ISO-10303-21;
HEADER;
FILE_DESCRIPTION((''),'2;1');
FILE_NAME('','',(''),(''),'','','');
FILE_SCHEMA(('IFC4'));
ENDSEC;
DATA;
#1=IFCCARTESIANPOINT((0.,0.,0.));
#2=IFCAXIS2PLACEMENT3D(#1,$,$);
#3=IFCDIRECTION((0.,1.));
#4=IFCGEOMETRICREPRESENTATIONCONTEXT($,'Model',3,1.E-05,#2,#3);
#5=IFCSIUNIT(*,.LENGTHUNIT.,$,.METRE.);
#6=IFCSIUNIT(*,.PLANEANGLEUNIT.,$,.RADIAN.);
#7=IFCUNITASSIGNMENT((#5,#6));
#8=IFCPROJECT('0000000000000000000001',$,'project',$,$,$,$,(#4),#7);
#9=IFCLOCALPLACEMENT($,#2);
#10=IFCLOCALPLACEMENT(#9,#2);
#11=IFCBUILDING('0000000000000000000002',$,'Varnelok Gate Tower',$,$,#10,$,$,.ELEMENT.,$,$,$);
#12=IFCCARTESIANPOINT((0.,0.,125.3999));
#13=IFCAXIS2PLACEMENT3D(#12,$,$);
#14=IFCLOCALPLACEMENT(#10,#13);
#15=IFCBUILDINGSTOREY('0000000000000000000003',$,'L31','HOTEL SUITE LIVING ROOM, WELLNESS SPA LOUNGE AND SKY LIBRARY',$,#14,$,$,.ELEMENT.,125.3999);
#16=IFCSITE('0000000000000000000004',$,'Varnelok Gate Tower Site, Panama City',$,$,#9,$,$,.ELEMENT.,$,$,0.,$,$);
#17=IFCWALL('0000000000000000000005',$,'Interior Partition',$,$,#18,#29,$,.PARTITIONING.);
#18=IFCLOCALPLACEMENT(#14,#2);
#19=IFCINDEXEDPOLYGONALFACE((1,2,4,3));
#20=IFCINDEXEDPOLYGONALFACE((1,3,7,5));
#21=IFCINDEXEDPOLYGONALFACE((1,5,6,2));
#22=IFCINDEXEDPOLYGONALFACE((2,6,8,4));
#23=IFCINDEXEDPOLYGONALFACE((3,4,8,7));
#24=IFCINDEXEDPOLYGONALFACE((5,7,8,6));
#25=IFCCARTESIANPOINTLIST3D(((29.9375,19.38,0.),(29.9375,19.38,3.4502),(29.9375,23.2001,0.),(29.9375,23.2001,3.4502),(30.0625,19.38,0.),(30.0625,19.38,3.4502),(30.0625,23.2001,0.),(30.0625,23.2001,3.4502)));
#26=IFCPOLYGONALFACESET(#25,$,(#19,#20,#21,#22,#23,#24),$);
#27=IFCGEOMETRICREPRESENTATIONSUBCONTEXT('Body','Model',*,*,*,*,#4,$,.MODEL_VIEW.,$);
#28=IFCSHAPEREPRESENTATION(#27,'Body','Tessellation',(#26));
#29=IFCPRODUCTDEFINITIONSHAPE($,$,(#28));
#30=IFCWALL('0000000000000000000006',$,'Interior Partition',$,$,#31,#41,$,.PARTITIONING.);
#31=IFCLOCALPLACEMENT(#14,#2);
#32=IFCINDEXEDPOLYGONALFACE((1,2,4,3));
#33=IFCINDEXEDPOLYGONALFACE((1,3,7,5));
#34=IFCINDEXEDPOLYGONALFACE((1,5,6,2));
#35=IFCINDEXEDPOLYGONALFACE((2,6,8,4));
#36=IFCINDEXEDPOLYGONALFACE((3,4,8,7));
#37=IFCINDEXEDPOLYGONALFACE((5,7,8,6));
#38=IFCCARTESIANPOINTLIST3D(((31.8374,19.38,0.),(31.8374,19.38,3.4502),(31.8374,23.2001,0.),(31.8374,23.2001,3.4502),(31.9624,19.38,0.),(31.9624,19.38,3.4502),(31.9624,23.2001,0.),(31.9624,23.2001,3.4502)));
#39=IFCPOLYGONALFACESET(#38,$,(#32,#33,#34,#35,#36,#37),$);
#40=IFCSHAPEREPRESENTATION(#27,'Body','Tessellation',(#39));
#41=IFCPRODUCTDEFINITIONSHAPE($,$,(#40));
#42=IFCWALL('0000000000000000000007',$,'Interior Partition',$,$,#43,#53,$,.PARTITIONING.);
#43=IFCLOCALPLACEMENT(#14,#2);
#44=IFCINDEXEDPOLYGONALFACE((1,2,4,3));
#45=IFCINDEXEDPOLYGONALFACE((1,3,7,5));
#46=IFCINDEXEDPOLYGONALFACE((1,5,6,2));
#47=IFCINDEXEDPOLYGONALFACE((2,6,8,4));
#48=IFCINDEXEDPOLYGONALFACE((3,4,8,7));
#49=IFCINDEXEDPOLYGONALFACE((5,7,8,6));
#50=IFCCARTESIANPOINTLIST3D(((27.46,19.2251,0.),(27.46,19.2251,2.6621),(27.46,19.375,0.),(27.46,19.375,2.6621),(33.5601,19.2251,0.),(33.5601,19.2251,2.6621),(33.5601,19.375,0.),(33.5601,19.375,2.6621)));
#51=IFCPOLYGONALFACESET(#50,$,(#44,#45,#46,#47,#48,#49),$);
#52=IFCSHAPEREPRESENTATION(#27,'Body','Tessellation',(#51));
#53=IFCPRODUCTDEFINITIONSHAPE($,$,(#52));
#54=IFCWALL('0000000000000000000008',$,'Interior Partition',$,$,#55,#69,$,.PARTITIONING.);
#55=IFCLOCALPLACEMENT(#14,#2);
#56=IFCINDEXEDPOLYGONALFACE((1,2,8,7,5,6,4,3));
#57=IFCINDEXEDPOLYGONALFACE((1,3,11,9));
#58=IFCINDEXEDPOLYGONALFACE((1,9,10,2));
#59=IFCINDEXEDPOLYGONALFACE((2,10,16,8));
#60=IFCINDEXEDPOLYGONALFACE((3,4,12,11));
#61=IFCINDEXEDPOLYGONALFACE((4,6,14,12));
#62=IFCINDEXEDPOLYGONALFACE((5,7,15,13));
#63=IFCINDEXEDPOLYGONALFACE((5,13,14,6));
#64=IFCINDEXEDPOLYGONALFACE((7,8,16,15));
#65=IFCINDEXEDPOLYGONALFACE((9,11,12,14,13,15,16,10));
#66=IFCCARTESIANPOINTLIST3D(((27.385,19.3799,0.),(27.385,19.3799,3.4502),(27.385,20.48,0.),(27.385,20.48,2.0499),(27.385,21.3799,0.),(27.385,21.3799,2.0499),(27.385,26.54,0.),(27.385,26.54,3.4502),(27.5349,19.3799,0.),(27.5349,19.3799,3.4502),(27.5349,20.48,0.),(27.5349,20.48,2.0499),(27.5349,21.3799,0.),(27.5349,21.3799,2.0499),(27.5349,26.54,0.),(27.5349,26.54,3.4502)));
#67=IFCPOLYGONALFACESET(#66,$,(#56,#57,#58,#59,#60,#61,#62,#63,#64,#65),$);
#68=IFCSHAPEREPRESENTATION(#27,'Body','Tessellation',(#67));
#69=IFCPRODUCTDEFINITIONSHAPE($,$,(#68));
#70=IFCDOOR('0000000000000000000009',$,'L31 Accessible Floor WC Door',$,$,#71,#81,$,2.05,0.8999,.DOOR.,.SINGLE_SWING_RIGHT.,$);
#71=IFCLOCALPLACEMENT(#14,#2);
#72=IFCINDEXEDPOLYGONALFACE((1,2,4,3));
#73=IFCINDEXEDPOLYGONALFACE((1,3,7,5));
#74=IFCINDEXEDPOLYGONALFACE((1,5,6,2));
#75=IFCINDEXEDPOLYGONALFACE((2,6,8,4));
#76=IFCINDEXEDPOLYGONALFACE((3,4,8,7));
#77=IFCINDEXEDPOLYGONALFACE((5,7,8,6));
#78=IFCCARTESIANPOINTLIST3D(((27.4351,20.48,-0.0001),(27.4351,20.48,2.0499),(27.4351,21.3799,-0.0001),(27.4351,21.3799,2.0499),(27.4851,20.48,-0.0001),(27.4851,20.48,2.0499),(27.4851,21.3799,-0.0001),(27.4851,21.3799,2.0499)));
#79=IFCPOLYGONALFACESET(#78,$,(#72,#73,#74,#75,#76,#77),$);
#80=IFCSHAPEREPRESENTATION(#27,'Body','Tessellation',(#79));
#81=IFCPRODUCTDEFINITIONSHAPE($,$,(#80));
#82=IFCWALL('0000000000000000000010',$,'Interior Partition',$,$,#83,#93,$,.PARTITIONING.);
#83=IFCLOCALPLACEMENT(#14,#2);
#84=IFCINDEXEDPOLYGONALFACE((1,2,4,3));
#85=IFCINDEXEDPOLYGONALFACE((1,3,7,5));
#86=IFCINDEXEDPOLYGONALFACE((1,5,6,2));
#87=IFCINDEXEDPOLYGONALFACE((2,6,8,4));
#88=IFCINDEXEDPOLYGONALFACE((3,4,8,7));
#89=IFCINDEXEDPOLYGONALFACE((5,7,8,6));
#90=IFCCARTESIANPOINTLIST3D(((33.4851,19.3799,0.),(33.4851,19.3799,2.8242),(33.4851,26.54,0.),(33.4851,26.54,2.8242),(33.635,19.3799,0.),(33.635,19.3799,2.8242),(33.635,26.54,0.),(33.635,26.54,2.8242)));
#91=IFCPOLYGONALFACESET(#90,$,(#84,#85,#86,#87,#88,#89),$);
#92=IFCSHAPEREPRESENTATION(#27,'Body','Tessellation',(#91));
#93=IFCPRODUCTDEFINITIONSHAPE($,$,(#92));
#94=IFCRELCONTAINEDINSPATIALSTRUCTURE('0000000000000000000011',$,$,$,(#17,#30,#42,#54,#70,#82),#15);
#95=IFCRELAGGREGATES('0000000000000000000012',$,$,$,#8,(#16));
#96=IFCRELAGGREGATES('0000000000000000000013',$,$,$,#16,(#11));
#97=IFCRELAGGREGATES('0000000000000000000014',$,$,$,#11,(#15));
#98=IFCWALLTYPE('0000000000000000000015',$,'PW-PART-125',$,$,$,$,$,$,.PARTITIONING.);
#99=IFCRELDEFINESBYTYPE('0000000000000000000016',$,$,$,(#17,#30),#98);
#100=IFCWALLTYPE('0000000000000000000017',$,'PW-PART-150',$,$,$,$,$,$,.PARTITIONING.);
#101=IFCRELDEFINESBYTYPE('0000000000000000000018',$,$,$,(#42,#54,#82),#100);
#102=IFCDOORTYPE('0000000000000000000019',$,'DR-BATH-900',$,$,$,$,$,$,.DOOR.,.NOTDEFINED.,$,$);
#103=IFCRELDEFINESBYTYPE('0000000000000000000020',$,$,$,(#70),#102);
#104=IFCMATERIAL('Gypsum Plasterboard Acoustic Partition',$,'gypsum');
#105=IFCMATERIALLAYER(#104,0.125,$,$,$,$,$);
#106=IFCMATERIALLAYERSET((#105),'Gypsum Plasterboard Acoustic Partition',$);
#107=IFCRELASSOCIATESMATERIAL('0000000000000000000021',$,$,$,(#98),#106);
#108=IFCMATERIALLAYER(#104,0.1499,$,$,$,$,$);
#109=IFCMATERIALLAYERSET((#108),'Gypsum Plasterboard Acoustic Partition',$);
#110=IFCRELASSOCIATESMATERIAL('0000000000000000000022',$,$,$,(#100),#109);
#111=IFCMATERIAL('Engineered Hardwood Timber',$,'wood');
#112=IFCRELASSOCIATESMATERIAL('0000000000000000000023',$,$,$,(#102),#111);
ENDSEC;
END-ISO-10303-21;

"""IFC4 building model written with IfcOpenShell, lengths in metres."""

from ifc_helpers import new_model, si_unit, direction, frame, frame_2d, origin, place, context, subcontext, project, spatial, rectangle, extrude, material, layer, layer_set, type_object, element, fill, save


model = new_model("IFC4")

# Units and contexts
model_context = context("Model", 3, precision=1e-05, world=origin(), true_north=direction((0.0, 1.0)))
body_context = subcontext(model_context, "Body", "Model", "MODEL_VIEW")
ifc_project = project(units=[si_unit("LENGTHUNIT", "METRE"), si_unit("PLANEANGLEUNIT", "RADIAN")], contexts=[model_context])

# Site, building, storey
site_placement = place(None, origin())
site = spatial("IfcSite", under=ifc_project, at=site_placement, Name="Varnelok Gate Tower Site, Panama City", CompositionType="ELEMENT", RefElevation=0.0)
building_placement = place(site_placement, origin())
building = spatial("IfcBuilding", under=site, at=building_placement, Name="Varnelok Gate Tower", CompositionType="ELEMENT")
storey_placement = place(building_placement, frame((0.0, 0.0, 125.3999)))
storey = spatial("IfcBuildingStorey", under=building, at=storey_placement, Name="L31", Description="HOTEL SUITE LIVING ROOM, WELLNESS SPA LOUNGE AND SKY LIBRARY", CompositionType="ELEMENT", Elevation=125.3999)

# Shared definitions
ifc_material_1 = material(Name="Gypsum Plasterboard Acoustic Partition", Category="gypsum")
ifc_material_2 = material(Name="Engineered Hardwood Timber", Category="wood")

# Shared definitions
ifc_layer_1 = layer(ifc_material_1, 0.125)
ifc_layer_set_1 = layer_set([ifc_layer_1], Name="Gypsum Plasterboard Acoustic Partition")
wall_type_1 = type_object("IfcWallType", Name="PW-PART-125", PredefinedType="PARTITIONING", material=ifc_layer_set_1)

# Walls
for number, where, z_axis, x_axis, name in (
    (1, (30.0, 19.3799, 0.0), (0.0, 0.0, 1.0), (0.0, 1.0, 0.0), "Interior Partition"),
    (2, (31.8999, 19.3799, 0.0), (0.0, 0.0, 1.0), (0.0, 1.0, 0.0), "Interior Partition"),
):
    element("IfcWall", number, at=place(storey_placement, frame(where, z_axis=z_axis, x_axis=x_axis)), inside=storey, type_object=wall_type_1, Name=name, PredefinedType="PARTITIONING", context=body_context, shape_type="SweptSolid", body=[
        extrude(rectangle(XDim=3.8201, YDim=0.125, at=frame_2d((1.9102, 0.0))), origin(), (0.0, 0.0, 1.0), 3.4502),
    ])
ifc_layer_2 = layer(ifc_material_1, 0.1499)
ifc_layer_set_2 = layer_set([ifc_layer_2], Name="Gypsum Plasterboard Acoustic Partition")
wall_type_2 = type_object("IfcWallType", Name="PW-PART-150", PredefinedType="PARTITIONING", material=ifc_layer_set_2)
wall_1_placement = place(storey_placement, frame((27.46, 19.3, 0.0), z_axis=(0.0, 0.0, 1.0), x_axis=(1.0, 0.0, 0.0)))
element("IfcWall", 3, at=wall_1_placement, inside=storey, type_object=wall_type_2, Name="Interior Partition", PredefinedType="PARTITIONING", context=body_context, shape_type="SweptSolid", body=[
    extrude(rectangle(XDim=6.1001, YDim=0.1499, at=frame_2d((3.05, 0.0))), origin(), (0.0, 0.0, 1.0), 2.6621),
])

# Wall, opening, door
wall_2_placement = place(storey_placement, frame((27.46, 19.3799, 0.0), z_axis=(0.0, 0.0, 1.0), x_axis=(0.0, 1.0, 0.0)))
wall_2 = element("IfcWall", 4, at=wall_2_placement, inside=storey, type_object=wall_type_2, Name="Interior Partition", PredefinedType="PARTITIONING", context=body_context, shape_type="SweptSolid", body=[
    extrude(rectangle(XDim=7.1602, YDim=0.1499, at=frame_2d((3.5801, 0.0))), origin(), (0.0, 0.0, 1.0), 3.4502),
])
opening_1_placement = place(wall_2_placement, frame((1.1001, 0.0, 0.0)))
opening_1 = element("IfcOpeningElement", 5, at=opening_1_placement, cuts=wall_2, PredefinedType="OPENING", context=body_context, shape_type="SweptSolid", body=[
    extrude(rectangle(XDim=0.8999, YDim=2.05, at=frame_2d((0.45, 1.0249))), frame((0.0, 0.085, 0.0), z_axis=(0.0, -1.0, 0.0), x_axis=(1.0, 0.0, 0.0)), (0.0, 0.0, 1.0), 0.1699),
])
door_type_1 = type_object("IfcDoorType", Name="DR-BATH-900", OperationType="NOTDEFINED", PredefinedType="DOOR", material=ifc_material_2)
door_1_placement = place(opening_1_placement, origin())
door_1 = element("IfcDoor", 6, at=door_1_placement, inside=storey, type_object=door_type_1, Name="L31 Accessible Floor WC Door", OperationType="SINGLE_SWING_RIGHT", OverallHeight=2.05, OverallWidth=0.8999, PredefinedType="DOOR", context=body_context, shape_type="SweptSolid", body=[
    extrude(rectangle(XDim=0.8999, YDim=2.05, at=frame_2d((0.45, 1.0249))), frame((0.0, 0.0249, 0.0), z_axis=(0.0, -1.0, 0.0), x_axis=(1.0, 0.0, 0.0)), (0.0, 0.0, 1.0), 0.05),
])
fill(opening_1, door_1)

# Wall
wall_3_placement = place(storey_placement, frame((33.5601, 19.3799, 0.0), z_axis=(0.0, 0.0, 1.0), x_axis=(0.0, 1.0, 0.0)))
element("IfcWall", 7, at=wall_3_placement, inside=storey, type_object=wall_type_2, Name="Interior Partition", PredefinedType="PARTITIONING", context=body_context, shape_type="SweptSolid", body=[
    extrude(rectangle(XDim=7.1602, YDim=0.1499, at=frame_2d((3.5801, 0.0))), origin(), (0.0, 0.0, 1.0), 2.8242),
])

save(model, "model.ifc")
